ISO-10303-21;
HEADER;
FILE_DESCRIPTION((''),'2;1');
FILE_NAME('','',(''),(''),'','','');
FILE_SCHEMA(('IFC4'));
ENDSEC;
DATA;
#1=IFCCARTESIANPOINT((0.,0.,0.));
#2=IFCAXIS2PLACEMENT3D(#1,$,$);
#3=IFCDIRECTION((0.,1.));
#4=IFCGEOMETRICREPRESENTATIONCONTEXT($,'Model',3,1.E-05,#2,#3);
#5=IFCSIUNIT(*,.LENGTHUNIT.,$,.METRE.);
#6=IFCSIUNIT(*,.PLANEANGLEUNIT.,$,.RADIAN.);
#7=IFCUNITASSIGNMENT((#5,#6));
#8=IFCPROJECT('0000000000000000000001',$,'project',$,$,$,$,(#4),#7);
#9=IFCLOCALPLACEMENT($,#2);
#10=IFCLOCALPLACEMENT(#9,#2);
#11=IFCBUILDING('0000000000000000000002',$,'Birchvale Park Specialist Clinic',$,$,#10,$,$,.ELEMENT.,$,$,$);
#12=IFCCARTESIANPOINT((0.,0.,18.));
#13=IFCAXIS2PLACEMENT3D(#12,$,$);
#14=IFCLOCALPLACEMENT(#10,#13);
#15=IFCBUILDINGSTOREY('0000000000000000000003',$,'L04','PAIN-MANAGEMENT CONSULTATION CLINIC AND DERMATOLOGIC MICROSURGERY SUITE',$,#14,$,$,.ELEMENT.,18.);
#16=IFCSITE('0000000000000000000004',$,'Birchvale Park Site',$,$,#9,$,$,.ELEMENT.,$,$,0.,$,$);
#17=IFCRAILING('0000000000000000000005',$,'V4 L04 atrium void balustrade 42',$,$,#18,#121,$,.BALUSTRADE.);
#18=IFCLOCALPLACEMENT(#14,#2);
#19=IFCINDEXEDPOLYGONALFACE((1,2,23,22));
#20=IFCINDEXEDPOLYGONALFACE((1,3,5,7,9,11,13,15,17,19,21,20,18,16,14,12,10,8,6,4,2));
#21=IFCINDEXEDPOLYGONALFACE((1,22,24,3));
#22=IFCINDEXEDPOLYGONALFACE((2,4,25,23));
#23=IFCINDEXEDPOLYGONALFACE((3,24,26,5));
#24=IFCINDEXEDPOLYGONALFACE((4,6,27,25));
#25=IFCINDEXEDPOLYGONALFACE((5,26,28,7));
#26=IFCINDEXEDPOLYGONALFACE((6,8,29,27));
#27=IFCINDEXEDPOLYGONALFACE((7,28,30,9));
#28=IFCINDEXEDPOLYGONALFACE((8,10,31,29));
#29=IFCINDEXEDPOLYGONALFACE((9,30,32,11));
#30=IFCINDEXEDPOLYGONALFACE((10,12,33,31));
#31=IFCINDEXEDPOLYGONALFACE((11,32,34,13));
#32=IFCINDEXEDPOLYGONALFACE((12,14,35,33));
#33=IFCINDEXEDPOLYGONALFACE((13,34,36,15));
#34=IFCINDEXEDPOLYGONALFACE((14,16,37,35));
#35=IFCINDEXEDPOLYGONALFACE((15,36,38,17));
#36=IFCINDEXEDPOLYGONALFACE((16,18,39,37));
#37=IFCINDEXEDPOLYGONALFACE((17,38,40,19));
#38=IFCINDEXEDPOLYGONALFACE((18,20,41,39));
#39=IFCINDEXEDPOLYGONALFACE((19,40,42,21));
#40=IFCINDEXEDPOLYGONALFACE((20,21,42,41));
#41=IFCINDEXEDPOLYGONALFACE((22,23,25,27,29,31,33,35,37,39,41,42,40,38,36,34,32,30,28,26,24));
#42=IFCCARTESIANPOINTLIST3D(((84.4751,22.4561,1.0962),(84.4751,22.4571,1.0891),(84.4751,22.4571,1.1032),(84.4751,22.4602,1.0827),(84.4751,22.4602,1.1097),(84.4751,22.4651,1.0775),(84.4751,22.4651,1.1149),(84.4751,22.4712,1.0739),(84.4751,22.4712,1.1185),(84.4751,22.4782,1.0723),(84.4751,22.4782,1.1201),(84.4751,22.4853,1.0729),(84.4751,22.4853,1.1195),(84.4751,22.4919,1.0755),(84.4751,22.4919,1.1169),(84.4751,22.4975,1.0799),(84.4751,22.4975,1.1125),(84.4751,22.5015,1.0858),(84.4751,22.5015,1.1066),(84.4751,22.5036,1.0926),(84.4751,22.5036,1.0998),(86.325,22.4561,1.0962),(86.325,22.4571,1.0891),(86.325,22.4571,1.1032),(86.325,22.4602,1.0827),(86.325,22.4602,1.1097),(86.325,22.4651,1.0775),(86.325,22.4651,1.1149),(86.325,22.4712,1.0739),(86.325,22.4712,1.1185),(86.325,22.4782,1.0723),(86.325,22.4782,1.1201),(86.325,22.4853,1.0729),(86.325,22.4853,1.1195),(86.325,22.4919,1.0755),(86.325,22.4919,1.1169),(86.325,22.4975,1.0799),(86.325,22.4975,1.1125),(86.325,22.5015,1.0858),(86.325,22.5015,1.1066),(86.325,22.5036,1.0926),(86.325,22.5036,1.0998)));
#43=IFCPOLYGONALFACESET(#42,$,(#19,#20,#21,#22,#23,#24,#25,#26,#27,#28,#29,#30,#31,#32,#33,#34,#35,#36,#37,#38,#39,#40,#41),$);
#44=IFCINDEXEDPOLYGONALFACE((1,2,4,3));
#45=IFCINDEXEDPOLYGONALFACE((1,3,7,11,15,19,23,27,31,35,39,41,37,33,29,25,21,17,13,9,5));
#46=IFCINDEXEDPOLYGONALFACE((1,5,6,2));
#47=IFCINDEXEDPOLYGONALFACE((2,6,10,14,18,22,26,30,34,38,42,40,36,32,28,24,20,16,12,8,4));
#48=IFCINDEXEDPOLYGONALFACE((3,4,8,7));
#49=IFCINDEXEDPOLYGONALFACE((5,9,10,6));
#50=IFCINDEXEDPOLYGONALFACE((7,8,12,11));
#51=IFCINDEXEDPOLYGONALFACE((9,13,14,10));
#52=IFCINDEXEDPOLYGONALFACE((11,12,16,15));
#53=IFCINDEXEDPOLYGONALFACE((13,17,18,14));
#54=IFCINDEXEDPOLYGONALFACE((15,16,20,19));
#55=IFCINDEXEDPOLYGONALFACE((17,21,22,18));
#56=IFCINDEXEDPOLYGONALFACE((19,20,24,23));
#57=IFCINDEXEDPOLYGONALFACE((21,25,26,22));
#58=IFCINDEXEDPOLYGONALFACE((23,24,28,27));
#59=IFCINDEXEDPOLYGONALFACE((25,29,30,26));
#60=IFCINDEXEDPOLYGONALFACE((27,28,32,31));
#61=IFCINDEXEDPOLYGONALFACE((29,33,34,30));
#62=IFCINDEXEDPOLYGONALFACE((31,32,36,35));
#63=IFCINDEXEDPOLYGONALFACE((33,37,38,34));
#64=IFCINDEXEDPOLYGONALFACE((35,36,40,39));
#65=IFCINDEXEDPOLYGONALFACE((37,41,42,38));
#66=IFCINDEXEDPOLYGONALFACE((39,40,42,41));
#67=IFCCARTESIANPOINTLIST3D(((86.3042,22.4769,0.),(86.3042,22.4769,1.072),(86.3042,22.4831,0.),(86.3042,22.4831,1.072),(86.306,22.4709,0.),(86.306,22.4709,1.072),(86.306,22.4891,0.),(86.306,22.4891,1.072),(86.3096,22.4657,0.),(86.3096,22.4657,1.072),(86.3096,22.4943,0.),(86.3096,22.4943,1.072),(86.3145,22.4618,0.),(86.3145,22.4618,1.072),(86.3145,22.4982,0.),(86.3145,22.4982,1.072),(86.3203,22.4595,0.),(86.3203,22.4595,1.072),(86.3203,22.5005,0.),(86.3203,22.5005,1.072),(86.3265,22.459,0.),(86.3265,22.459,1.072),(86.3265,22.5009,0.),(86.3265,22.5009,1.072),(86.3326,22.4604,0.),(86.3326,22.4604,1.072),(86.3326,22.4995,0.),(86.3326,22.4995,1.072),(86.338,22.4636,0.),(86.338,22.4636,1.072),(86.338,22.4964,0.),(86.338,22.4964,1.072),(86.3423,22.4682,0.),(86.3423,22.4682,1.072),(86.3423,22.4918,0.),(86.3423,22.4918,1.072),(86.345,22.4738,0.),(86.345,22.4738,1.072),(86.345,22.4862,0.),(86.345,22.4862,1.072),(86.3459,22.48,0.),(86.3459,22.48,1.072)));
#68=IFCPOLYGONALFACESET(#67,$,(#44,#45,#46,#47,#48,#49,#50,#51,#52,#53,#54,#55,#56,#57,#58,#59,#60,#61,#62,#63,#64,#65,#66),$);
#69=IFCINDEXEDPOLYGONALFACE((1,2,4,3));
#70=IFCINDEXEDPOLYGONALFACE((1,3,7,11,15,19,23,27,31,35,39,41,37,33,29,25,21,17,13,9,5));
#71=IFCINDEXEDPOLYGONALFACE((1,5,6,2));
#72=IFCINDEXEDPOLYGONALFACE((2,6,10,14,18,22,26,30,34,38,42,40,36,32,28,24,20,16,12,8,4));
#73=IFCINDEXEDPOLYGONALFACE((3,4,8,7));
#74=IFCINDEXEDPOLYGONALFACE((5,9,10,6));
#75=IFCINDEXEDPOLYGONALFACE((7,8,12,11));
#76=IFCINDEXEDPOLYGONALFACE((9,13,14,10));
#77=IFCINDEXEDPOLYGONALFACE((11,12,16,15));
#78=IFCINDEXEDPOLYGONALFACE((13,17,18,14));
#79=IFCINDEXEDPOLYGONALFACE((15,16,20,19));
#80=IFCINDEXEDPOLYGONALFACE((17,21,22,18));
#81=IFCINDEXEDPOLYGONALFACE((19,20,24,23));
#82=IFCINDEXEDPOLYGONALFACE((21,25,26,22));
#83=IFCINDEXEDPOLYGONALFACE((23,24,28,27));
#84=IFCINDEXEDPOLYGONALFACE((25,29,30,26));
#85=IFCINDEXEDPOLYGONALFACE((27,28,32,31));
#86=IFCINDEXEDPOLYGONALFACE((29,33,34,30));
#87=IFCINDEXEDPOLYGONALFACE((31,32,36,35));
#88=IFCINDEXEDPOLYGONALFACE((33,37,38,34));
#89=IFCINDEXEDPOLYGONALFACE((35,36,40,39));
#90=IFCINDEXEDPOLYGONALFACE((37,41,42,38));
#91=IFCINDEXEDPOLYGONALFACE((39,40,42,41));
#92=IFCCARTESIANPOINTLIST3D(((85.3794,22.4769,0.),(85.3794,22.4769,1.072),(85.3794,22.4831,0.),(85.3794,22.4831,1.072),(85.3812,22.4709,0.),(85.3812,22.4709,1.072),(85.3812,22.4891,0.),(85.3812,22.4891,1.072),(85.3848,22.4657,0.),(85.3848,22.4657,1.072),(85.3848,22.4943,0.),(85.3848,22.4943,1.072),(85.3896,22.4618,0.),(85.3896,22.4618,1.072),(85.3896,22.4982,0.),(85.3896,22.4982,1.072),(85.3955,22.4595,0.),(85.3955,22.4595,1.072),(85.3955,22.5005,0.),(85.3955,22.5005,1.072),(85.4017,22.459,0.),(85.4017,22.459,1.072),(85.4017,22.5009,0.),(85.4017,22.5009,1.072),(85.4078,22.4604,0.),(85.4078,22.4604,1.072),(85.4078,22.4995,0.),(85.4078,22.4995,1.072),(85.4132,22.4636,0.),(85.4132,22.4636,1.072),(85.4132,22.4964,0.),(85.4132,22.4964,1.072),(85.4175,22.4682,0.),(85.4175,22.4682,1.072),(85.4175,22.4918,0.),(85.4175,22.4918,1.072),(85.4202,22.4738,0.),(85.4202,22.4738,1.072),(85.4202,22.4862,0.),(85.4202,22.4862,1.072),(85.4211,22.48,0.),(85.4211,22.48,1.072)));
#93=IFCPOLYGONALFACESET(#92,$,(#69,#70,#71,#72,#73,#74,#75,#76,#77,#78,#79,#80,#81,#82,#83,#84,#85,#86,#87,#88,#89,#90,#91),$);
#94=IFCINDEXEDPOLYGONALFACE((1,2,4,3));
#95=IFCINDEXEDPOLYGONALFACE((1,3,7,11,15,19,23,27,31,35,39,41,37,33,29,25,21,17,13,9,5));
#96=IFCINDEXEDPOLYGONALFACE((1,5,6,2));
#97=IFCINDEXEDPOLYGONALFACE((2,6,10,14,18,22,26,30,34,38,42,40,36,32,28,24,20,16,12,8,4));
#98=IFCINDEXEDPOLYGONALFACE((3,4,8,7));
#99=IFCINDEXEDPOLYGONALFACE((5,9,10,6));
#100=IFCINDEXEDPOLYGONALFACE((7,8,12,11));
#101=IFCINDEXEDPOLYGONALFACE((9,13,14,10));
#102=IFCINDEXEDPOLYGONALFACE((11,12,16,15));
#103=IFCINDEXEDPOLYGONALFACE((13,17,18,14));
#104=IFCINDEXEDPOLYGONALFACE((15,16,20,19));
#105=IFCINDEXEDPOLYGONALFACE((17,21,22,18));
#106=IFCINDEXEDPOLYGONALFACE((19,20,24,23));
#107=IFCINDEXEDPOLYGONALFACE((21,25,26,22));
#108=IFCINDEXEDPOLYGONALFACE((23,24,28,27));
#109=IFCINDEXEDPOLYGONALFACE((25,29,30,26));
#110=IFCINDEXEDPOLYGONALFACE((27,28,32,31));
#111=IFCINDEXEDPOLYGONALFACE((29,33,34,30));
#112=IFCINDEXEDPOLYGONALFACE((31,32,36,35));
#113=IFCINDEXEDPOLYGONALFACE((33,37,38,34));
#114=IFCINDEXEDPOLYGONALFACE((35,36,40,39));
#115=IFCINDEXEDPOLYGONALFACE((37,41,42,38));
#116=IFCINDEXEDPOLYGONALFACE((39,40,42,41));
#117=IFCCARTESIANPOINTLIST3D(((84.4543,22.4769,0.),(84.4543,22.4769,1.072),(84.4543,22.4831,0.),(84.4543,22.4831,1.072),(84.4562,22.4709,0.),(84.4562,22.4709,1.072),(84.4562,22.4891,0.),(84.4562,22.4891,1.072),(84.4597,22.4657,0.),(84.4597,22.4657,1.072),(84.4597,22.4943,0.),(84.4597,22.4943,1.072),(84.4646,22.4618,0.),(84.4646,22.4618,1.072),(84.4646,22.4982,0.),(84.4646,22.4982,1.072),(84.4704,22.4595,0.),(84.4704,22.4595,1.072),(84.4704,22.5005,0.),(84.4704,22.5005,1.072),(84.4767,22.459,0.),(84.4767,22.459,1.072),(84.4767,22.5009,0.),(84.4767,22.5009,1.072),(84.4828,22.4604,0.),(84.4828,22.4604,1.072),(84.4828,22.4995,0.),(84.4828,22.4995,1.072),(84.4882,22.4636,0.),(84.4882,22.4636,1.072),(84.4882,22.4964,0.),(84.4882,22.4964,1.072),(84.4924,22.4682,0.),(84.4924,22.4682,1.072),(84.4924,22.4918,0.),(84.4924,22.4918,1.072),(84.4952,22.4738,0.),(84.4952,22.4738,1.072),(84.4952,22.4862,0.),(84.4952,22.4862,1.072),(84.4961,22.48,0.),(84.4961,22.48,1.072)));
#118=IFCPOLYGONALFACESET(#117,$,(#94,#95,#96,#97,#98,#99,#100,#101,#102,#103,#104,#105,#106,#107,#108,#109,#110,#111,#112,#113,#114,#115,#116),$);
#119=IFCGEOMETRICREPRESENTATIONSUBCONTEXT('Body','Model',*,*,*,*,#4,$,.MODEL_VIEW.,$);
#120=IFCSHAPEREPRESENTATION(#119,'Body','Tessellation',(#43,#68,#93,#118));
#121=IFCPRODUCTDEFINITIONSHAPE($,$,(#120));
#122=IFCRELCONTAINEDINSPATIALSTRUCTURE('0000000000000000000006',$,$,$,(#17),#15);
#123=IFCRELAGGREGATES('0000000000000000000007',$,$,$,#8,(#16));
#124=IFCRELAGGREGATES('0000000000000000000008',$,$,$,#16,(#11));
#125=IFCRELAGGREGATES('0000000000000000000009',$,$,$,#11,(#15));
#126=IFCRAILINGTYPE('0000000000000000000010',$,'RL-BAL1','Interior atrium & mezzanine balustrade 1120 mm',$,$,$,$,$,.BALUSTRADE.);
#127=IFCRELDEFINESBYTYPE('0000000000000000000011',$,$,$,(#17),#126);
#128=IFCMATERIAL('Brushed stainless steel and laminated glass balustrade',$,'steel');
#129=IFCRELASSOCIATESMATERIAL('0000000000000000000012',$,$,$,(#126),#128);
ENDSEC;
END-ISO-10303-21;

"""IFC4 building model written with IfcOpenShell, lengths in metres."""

from ifc_helpers import new_model, si_unit, direction, frame, origin, origin_2d, place, context, subcontext, project, spatial, circle, extrude, material, type_object, element, save


model = new_model("IFC4")

# Units and contexts
model_context = context("Model", 3, precision=1e-05, world=origin(), true_north=direction((0.0, 1.0)))
body_context = subcontext(model_context, "Body", "Model", "MODEL_VIEW")
ifc_project = project(units=[si_unit("LENGTHUNIT", "METRE"), si_unit("PLANEANGLEUNIT", "RADIAN")], contexts=[model_context])

# Site, building, storey
site_placement = place(None, origin())
site = spatial("IfcSite", under=ifc_project, at=site_placement, Name="Birchvale Park Site", CompositionType="ELEMENT", RefElevation=0.0)
building_placement = place(site_placement, origin())
building = spatial("IfcBuilding", under=site, at=building_placement, Name="Birchvale Park Specialist Clinic", CompositionType="ELEMENT")
storey_placement = place(building_placement, frame((0.0, 0.0, 18.0)))
storey = spatial("IfcBuildingStorey", under=building, at=storey_placement, Name="L04", Description="PAIN-MANAGEMENT CONSULTATION CLINIC AND DERMATOLOGIC MICROSURGERY SUITE", CompositionType="ELEMENT", Elevation=18.0)

# Railing
ifc_material_1 = material(Name="Brushed stainless steel and laminated glass balustrade", Category="steel")
railing_type = type_object("IfcRailingType", Name="RL-BAL1", Description="Interior atrium & mezzanine balustrade 1120 mm", PredefinedType="BALUSTRADE", material=ifc_material_1)
railing_1_placement = place(storey_placement, frame((86.325, 22.48, 0.0)))
element("IfcRailing", 1, at=railing_1_placement, inside=storey, type_object=railing_type, Name="V4 L04 atrium void balustrade 42", PredefinedType="BALUSTRADE", context=body_context, shape_type="SweptSolid", body=[
    extrude(circle(Radius=0.0239, at=origin_2d()), frame((0.0, 0.0, 1.0962), z_axis=(-1.0, 0.0, 0.0), x_axis=(0.0, -1.0, 0.0)), (0.0, 0.0, 1.0), 1.8499),
    extrude(circle(Radius=0.021, at=origin_2d()), origin(), (0.0, 0.0, 1.0), 1.072),
    extrude(circle(Radius=0.021, at=origin_2d()), frame((-0.9248, 0.0, 0.0)), (0.0, 0.0, 1.0), 1.072),
    extrude(circle(Radius=0.021, at=origin_2d()), frame((-1.8499, 0.0, 0.0)), (0.0, 0.0, 1.0), 1.072),
])

save(model, "model.ifc")
